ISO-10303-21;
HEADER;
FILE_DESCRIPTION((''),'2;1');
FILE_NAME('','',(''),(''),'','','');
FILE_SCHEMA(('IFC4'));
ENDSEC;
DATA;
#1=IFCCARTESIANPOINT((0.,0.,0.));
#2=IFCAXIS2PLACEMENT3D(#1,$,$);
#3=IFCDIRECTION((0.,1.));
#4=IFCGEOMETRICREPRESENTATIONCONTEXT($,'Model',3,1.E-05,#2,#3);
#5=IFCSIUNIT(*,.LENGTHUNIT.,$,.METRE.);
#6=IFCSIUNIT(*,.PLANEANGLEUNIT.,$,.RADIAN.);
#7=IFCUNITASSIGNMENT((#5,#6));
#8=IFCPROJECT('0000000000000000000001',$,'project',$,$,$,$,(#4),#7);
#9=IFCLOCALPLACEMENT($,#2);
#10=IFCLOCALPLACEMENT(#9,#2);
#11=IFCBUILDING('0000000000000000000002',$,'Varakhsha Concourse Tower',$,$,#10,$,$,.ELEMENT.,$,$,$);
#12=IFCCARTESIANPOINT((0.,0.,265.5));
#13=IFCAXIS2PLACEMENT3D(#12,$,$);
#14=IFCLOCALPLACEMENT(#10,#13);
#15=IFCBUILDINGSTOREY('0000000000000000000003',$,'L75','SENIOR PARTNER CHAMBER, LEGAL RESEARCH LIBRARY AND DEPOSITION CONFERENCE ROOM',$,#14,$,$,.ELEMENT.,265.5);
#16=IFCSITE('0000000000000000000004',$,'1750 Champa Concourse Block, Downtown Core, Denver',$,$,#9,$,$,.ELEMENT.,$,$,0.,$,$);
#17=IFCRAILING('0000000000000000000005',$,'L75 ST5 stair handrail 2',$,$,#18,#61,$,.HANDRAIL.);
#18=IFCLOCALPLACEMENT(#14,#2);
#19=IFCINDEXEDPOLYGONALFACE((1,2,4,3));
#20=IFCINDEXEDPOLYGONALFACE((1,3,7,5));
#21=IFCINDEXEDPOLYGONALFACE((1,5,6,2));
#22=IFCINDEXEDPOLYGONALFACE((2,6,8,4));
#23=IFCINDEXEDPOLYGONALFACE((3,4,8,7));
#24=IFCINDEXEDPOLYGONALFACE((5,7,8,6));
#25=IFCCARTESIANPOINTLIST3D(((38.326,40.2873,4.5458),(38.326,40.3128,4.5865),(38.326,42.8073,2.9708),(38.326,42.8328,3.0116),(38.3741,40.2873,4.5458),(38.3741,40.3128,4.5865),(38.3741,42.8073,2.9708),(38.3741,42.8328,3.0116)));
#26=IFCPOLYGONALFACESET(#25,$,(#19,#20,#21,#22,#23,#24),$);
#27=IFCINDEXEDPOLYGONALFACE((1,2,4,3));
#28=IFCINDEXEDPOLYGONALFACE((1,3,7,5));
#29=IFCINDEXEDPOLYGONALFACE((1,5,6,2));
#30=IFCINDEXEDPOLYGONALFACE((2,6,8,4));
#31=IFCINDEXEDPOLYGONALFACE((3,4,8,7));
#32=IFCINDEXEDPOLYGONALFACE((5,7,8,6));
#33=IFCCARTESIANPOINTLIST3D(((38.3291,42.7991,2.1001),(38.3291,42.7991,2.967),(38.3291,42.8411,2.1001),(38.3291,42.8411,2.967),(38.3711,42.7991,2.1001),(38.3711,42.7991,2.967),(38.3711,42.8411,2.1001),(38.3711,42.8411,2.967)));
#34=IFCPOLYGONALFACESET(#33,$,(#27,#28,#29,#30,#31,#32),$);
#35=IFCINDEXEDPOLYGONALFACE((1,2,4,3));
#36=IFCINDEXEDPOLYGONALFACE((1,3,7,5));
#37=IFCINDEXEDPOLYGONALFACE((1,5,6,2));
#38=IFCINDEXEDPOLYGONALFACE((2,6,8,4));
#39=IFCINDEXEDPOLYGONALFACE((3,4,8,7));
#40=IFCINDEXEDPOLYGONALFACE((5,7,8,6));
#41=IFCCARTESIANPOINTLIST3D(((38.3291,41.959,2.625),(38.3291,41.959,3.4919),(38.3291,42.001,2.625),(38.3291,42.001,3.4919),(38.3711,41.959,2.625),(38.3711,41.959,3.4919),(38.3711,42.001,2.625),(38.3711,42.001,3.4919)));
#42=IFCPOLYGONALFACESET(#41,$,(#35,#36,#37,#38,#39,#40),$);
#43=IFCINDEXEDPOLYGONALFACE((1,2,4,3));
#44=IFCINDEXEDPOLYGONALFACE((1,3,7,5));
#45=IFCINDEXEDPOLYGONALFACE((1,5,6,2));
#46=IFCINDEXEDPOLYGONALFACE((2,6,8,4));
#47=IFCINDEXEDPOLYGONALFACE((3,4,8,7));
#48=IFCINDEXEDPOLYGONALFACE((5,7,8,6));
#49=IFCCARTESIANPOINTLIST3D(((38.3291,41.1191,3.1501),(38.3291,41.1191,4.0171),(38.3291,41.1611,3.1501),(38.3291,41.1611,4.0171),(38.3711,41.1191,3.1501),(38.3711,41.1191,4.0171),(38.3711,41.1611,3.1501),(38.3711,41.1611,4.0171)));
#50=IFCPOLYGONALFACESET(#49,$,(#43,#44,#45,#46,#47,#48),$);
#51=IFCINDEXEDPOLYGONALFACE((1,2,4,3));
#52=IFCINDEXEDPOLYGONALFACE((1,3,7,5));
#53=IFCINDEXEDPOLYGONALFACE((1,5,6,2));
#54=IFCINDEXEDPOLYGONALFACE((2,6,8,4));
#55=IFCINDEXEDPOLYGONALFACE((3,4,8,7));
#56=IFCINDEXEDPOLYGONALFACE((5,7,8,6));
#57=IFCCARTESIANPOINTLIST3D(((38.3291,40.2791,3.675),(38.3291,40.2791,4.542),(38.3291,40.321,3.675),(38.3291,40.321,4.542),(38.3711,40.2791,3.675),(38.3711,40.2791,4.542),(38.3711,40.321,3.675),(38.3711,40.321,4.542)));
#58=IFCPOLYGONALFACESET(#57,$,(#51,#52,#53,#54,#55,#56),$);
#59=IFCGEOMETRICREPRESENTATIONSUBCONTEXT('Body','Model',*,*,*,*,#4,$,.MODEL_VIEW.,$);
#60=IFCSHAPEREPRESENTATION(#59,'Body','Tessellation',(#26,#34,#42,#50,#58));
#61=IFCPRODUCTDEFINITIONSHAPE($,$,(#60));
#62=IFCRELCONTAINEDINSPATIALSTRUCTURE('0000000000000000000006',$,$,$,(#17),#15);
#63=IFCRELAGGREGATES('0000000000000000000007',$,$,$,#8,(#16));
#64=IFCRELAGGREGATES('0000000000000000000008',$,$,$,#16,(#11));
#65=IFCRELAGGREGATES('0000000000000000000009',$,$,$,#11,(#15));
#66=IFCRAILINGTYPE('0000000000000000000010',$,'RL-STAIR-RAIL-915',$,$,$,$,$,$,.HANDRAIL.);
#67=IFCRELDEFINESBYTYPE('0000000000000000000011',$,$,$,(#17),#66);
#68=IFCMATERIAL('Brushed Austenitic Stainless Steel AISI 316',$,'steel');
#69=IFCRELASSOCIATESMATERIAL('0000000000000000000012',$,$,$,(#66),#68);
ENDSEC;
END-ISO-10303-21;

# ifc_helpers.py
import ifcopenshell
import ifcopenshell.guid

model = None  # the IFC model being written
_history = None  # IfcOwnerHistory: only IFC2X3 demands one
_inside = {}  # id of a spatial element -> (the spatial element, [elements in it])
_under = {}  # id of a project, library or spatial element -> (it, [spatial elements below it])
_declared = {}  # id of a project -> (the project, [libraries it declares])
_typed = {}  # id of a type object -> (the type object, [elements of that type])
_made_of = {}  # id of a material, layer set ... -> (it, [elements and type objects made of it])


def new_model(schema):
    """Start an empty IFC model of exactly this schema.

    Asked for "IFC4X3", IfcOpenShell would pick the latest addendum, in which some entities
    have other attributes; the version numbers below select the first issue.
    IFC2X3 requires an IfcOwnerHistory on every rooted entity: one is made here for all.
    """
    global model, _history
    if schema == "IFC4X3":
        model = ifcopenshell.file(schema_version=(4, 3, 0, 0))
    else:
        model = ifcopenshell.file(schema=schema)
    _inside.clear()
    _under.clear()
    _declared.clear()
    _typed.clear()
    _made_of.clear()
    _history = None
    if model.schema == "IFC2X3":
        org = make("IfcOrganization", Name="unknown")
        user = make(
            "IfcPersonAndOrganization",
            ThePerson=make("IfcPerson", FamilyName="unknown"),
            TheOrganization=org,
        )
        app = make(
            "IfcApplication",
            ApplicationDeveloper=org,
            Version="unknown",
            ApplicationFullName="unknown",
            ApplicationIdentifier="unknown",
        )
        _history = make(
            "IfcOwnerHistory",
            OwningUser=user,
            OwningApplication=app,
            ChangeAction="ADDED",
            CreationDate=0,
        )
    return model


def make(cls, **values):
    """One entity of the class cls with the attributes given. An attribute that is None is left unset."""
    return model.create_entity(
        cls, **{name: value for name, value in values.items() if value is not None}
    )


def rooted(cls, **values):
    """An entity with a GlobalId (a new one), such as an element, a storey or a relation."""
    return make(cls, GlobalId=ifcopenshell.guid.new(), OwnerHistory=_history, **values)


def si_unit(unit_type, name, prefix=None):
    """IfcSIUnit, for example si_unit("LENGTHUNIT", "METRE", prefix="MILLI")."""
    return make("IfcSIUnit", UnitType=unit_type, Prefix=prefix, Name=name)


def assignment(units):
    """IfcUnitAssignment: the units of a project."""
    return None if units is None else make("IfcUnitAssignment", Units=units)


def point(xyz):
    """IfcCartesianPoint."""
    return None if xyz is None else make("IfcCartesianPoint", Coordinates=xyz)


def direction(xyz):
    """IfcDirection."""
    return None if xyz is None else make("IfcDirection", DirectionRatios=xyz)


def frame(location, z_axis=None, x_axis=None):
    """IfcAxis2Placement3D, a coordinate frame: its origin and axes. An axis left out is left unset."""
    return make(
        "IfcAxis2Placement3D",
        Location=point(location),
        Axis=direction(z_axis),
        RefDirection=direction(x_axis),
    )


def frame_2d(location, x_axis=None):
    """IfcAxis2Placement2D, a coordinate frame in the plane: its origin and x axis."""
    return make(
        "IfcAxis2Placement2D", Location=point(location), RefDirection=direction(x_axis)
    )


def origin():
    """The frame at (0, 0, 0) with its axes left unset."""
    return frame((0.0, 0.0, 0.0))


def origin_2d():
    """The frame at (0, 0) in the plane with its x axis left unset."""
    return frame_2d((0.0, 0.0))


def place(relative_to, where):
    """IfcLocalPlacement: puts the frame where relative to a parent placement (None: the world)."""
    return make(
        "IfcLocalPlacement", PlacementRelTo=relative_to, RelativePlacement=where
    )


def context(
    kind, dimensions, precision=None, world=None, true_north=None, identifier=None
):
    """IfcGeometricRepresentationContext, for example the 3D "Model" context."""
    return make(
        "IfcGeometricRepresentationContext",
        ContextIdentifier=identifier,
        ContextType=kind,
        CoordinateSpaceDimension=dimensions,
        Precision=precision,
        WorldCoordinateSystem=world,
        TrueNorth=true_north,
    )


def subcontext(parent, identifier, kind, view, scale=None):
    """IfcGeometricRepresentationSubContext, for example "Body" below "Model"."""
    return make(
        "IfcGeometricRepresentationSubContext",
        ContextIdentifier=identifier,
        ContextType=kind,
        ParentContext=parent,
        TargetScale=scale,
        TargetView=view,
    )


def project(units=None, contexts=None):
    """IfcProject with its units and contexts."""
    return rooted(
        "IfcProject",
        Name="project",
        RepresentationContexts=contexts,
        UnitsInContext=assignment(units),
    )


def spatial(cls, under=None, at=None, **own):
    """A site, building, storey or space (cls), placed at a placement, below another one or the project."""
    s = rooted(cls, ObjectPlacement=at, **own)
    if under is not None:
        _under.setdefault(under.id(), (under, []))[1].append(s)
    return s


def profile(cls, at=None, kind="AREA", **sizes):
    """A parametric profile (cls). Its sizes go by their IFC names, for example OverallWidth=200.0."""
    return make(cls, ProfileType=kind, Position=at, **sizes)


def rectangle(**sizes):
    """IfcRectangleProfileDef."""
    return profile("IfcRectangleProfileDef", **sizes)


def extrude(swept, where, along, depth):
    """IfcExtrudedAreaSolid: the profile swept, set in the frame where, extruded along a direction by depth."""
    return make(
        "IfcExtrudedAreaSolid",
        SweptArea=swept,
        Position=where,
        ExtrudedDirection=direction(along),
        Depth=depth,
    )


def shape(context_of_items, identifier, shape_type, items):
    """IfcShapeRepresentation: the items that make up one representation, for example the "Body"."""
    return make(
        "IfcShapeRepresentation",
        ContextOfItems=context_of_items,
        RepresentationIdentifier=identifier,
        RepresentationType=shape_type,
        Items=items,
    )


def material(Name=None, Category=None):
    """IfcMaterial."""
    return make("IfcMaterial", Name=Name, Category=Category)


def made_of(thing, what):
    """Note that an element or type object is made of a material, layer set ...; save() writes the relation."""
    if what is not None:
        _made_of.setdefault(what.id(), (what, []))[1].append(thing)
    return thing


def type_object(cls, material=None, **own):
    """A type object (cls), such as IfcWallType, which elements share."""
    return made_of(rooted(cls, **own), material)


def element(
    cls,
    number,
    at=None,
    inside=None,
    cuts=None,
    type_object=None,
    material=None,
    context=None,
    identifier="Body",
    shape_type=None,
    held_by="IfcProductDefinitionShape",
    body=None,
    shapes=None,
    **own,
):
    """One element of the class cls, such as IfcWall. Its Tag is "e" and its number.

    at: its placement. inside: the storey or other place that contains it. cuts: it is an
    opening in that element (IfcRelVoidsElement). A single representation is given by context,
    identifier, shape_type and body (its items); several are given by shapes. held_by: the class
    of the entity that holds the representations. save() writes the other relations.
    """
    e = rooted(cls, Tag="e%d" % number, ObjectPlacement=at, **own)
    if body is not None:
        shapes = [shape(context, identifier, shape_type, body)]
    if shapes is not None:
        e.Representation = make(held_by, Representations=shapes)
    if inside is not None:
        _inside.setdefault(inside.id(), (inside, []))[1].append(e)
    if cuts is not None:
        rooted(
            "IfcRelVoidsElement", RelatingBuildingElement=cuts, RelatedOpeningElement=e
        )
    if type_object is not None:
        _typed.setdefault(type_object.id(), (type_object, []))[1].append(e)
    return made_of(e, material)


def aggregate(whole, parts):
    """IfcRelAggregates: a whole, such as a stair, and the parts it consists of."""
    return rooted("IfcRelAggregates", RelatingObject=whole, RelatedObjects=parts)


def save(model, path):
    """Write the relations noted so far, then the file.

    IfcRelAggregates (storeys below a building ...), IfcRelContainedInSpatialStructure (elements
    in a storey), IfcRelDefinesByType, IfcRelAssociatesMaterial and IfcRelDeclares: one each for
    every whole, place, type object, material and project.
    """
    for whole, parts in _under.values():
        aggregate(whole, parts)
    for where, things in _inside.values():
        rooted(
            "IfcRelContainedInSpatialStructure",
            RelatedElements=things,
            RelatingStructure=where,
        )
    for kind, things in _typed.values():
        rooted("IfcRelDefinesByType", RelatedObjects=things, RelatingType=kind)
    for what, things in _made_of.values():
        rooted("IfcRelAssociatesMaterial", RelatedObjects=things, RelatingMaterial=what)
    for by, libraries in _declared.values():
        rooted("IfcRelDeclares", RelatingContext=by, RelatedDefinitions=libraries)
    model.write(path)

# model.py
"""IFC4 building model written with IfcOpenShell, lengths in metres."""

from ifc_helpers import new_model, si_unit, direction, frame, origin, origin_2d, place, context, subcontext, project, spatial, rectangle, extrude, material, type_object, element, save


model = new_model("IFC4")

# Units and contexts
model_context = context("Model", 3, precision=1e-05, world=origin(), true_north=direction((0.0, 1.0)))
body_context = subcontext(model_context, "Body", "Model", "MODEL_VIEW")
ifc_project = project(units=[si_unit("LENGTHUNIT", "METRE"), si_unit("PLANEANGLEUNIT", "RADIAN")], contexts=[model_context])

# Site, building, storey
site_placement = place(None, origin())
site = spatial("IfcSite", under=ifc_project, at=site_placement, Name="1750 Champa Concourse Block, Downtown Core, Denver", CompositionType="ELEMENT", RefElevation=0.0)
building_placement = place(site_placement, origin())
building = spatial("IfcBuilding", under=site, at=building_placement, Name="Varakhsha Concourse Tower", CompositionType="ELEMENT")
storey_placement = place(building_placement, frame((0.0, 0.0, 265.5)))
storey = spatial("IfcBuildingStorey", under=building, at=storey_placement, Name="L75", Description="SENIOR PARTNER CHAMBER, LEGAL RESEARCH LIBRARY AND DEPOSITION CONFERENCE ROOM", CompositionType="ELEMENT", Elevation=265.5)

# Railing
ifc_material_1 = material(Name="Brushed Austenitic Stainless Steel AISI 316", Category="steel")
railing_type_1 = type_object("IfcRailingType", Name="RL-STAIR-RAIL-915", PredefinedType="HANDRAIL", material=ifc_material_1)
railing_1_placement = place(storey_placement, frame((38.3501, 42.8201, 2.1001)))
element("IfcRailing", 1, at=railing_1_placement, inside=storey, type_object=railing_type_1, Name="L75 ST5 stair handrail 2", PredefinedType="HANDRAIL", context=body_context, shape_type="SweptSolid", body=[
    extrude(rectangle(XDim=0.0481, YDim=0.0481, at=origin_2d()), frame((0.0, 0.0, 0.8911), z_axis=(0.0, -0.848008, 0.529984), x_axis=(1.0, 0.0, 0.0)), (0.0, 0.0, 1.0), 2.9717),
    extrude(rectangle(XDim=0.042, YDim=0.042, at=origin_2d()), origin(), (0.0, 0.0, 1.0), 0.8669),
    extrude(rectangle(XDim=0.042, YDim=0.042, at=origin_2d()), frame((0.0, -0.8401, 0.5249)), (0.0, 0.0, 1.0), 0.8669),
    extrude(rectangle(XDim=0.042, YDim=0.042, at=origin_2d()), frame((0.0, -1.6799, 1.05)), (0.0, 0.0, 1.0), 0.8669),
    extrude(rectangle(XDim=0.042, YDim=0.042, at=origin_2d()), frame((0.0, -2.52, 1.575)), (0.0, 0.0, 1.0), 0.8669),
])

save(model, "model.ifc")
